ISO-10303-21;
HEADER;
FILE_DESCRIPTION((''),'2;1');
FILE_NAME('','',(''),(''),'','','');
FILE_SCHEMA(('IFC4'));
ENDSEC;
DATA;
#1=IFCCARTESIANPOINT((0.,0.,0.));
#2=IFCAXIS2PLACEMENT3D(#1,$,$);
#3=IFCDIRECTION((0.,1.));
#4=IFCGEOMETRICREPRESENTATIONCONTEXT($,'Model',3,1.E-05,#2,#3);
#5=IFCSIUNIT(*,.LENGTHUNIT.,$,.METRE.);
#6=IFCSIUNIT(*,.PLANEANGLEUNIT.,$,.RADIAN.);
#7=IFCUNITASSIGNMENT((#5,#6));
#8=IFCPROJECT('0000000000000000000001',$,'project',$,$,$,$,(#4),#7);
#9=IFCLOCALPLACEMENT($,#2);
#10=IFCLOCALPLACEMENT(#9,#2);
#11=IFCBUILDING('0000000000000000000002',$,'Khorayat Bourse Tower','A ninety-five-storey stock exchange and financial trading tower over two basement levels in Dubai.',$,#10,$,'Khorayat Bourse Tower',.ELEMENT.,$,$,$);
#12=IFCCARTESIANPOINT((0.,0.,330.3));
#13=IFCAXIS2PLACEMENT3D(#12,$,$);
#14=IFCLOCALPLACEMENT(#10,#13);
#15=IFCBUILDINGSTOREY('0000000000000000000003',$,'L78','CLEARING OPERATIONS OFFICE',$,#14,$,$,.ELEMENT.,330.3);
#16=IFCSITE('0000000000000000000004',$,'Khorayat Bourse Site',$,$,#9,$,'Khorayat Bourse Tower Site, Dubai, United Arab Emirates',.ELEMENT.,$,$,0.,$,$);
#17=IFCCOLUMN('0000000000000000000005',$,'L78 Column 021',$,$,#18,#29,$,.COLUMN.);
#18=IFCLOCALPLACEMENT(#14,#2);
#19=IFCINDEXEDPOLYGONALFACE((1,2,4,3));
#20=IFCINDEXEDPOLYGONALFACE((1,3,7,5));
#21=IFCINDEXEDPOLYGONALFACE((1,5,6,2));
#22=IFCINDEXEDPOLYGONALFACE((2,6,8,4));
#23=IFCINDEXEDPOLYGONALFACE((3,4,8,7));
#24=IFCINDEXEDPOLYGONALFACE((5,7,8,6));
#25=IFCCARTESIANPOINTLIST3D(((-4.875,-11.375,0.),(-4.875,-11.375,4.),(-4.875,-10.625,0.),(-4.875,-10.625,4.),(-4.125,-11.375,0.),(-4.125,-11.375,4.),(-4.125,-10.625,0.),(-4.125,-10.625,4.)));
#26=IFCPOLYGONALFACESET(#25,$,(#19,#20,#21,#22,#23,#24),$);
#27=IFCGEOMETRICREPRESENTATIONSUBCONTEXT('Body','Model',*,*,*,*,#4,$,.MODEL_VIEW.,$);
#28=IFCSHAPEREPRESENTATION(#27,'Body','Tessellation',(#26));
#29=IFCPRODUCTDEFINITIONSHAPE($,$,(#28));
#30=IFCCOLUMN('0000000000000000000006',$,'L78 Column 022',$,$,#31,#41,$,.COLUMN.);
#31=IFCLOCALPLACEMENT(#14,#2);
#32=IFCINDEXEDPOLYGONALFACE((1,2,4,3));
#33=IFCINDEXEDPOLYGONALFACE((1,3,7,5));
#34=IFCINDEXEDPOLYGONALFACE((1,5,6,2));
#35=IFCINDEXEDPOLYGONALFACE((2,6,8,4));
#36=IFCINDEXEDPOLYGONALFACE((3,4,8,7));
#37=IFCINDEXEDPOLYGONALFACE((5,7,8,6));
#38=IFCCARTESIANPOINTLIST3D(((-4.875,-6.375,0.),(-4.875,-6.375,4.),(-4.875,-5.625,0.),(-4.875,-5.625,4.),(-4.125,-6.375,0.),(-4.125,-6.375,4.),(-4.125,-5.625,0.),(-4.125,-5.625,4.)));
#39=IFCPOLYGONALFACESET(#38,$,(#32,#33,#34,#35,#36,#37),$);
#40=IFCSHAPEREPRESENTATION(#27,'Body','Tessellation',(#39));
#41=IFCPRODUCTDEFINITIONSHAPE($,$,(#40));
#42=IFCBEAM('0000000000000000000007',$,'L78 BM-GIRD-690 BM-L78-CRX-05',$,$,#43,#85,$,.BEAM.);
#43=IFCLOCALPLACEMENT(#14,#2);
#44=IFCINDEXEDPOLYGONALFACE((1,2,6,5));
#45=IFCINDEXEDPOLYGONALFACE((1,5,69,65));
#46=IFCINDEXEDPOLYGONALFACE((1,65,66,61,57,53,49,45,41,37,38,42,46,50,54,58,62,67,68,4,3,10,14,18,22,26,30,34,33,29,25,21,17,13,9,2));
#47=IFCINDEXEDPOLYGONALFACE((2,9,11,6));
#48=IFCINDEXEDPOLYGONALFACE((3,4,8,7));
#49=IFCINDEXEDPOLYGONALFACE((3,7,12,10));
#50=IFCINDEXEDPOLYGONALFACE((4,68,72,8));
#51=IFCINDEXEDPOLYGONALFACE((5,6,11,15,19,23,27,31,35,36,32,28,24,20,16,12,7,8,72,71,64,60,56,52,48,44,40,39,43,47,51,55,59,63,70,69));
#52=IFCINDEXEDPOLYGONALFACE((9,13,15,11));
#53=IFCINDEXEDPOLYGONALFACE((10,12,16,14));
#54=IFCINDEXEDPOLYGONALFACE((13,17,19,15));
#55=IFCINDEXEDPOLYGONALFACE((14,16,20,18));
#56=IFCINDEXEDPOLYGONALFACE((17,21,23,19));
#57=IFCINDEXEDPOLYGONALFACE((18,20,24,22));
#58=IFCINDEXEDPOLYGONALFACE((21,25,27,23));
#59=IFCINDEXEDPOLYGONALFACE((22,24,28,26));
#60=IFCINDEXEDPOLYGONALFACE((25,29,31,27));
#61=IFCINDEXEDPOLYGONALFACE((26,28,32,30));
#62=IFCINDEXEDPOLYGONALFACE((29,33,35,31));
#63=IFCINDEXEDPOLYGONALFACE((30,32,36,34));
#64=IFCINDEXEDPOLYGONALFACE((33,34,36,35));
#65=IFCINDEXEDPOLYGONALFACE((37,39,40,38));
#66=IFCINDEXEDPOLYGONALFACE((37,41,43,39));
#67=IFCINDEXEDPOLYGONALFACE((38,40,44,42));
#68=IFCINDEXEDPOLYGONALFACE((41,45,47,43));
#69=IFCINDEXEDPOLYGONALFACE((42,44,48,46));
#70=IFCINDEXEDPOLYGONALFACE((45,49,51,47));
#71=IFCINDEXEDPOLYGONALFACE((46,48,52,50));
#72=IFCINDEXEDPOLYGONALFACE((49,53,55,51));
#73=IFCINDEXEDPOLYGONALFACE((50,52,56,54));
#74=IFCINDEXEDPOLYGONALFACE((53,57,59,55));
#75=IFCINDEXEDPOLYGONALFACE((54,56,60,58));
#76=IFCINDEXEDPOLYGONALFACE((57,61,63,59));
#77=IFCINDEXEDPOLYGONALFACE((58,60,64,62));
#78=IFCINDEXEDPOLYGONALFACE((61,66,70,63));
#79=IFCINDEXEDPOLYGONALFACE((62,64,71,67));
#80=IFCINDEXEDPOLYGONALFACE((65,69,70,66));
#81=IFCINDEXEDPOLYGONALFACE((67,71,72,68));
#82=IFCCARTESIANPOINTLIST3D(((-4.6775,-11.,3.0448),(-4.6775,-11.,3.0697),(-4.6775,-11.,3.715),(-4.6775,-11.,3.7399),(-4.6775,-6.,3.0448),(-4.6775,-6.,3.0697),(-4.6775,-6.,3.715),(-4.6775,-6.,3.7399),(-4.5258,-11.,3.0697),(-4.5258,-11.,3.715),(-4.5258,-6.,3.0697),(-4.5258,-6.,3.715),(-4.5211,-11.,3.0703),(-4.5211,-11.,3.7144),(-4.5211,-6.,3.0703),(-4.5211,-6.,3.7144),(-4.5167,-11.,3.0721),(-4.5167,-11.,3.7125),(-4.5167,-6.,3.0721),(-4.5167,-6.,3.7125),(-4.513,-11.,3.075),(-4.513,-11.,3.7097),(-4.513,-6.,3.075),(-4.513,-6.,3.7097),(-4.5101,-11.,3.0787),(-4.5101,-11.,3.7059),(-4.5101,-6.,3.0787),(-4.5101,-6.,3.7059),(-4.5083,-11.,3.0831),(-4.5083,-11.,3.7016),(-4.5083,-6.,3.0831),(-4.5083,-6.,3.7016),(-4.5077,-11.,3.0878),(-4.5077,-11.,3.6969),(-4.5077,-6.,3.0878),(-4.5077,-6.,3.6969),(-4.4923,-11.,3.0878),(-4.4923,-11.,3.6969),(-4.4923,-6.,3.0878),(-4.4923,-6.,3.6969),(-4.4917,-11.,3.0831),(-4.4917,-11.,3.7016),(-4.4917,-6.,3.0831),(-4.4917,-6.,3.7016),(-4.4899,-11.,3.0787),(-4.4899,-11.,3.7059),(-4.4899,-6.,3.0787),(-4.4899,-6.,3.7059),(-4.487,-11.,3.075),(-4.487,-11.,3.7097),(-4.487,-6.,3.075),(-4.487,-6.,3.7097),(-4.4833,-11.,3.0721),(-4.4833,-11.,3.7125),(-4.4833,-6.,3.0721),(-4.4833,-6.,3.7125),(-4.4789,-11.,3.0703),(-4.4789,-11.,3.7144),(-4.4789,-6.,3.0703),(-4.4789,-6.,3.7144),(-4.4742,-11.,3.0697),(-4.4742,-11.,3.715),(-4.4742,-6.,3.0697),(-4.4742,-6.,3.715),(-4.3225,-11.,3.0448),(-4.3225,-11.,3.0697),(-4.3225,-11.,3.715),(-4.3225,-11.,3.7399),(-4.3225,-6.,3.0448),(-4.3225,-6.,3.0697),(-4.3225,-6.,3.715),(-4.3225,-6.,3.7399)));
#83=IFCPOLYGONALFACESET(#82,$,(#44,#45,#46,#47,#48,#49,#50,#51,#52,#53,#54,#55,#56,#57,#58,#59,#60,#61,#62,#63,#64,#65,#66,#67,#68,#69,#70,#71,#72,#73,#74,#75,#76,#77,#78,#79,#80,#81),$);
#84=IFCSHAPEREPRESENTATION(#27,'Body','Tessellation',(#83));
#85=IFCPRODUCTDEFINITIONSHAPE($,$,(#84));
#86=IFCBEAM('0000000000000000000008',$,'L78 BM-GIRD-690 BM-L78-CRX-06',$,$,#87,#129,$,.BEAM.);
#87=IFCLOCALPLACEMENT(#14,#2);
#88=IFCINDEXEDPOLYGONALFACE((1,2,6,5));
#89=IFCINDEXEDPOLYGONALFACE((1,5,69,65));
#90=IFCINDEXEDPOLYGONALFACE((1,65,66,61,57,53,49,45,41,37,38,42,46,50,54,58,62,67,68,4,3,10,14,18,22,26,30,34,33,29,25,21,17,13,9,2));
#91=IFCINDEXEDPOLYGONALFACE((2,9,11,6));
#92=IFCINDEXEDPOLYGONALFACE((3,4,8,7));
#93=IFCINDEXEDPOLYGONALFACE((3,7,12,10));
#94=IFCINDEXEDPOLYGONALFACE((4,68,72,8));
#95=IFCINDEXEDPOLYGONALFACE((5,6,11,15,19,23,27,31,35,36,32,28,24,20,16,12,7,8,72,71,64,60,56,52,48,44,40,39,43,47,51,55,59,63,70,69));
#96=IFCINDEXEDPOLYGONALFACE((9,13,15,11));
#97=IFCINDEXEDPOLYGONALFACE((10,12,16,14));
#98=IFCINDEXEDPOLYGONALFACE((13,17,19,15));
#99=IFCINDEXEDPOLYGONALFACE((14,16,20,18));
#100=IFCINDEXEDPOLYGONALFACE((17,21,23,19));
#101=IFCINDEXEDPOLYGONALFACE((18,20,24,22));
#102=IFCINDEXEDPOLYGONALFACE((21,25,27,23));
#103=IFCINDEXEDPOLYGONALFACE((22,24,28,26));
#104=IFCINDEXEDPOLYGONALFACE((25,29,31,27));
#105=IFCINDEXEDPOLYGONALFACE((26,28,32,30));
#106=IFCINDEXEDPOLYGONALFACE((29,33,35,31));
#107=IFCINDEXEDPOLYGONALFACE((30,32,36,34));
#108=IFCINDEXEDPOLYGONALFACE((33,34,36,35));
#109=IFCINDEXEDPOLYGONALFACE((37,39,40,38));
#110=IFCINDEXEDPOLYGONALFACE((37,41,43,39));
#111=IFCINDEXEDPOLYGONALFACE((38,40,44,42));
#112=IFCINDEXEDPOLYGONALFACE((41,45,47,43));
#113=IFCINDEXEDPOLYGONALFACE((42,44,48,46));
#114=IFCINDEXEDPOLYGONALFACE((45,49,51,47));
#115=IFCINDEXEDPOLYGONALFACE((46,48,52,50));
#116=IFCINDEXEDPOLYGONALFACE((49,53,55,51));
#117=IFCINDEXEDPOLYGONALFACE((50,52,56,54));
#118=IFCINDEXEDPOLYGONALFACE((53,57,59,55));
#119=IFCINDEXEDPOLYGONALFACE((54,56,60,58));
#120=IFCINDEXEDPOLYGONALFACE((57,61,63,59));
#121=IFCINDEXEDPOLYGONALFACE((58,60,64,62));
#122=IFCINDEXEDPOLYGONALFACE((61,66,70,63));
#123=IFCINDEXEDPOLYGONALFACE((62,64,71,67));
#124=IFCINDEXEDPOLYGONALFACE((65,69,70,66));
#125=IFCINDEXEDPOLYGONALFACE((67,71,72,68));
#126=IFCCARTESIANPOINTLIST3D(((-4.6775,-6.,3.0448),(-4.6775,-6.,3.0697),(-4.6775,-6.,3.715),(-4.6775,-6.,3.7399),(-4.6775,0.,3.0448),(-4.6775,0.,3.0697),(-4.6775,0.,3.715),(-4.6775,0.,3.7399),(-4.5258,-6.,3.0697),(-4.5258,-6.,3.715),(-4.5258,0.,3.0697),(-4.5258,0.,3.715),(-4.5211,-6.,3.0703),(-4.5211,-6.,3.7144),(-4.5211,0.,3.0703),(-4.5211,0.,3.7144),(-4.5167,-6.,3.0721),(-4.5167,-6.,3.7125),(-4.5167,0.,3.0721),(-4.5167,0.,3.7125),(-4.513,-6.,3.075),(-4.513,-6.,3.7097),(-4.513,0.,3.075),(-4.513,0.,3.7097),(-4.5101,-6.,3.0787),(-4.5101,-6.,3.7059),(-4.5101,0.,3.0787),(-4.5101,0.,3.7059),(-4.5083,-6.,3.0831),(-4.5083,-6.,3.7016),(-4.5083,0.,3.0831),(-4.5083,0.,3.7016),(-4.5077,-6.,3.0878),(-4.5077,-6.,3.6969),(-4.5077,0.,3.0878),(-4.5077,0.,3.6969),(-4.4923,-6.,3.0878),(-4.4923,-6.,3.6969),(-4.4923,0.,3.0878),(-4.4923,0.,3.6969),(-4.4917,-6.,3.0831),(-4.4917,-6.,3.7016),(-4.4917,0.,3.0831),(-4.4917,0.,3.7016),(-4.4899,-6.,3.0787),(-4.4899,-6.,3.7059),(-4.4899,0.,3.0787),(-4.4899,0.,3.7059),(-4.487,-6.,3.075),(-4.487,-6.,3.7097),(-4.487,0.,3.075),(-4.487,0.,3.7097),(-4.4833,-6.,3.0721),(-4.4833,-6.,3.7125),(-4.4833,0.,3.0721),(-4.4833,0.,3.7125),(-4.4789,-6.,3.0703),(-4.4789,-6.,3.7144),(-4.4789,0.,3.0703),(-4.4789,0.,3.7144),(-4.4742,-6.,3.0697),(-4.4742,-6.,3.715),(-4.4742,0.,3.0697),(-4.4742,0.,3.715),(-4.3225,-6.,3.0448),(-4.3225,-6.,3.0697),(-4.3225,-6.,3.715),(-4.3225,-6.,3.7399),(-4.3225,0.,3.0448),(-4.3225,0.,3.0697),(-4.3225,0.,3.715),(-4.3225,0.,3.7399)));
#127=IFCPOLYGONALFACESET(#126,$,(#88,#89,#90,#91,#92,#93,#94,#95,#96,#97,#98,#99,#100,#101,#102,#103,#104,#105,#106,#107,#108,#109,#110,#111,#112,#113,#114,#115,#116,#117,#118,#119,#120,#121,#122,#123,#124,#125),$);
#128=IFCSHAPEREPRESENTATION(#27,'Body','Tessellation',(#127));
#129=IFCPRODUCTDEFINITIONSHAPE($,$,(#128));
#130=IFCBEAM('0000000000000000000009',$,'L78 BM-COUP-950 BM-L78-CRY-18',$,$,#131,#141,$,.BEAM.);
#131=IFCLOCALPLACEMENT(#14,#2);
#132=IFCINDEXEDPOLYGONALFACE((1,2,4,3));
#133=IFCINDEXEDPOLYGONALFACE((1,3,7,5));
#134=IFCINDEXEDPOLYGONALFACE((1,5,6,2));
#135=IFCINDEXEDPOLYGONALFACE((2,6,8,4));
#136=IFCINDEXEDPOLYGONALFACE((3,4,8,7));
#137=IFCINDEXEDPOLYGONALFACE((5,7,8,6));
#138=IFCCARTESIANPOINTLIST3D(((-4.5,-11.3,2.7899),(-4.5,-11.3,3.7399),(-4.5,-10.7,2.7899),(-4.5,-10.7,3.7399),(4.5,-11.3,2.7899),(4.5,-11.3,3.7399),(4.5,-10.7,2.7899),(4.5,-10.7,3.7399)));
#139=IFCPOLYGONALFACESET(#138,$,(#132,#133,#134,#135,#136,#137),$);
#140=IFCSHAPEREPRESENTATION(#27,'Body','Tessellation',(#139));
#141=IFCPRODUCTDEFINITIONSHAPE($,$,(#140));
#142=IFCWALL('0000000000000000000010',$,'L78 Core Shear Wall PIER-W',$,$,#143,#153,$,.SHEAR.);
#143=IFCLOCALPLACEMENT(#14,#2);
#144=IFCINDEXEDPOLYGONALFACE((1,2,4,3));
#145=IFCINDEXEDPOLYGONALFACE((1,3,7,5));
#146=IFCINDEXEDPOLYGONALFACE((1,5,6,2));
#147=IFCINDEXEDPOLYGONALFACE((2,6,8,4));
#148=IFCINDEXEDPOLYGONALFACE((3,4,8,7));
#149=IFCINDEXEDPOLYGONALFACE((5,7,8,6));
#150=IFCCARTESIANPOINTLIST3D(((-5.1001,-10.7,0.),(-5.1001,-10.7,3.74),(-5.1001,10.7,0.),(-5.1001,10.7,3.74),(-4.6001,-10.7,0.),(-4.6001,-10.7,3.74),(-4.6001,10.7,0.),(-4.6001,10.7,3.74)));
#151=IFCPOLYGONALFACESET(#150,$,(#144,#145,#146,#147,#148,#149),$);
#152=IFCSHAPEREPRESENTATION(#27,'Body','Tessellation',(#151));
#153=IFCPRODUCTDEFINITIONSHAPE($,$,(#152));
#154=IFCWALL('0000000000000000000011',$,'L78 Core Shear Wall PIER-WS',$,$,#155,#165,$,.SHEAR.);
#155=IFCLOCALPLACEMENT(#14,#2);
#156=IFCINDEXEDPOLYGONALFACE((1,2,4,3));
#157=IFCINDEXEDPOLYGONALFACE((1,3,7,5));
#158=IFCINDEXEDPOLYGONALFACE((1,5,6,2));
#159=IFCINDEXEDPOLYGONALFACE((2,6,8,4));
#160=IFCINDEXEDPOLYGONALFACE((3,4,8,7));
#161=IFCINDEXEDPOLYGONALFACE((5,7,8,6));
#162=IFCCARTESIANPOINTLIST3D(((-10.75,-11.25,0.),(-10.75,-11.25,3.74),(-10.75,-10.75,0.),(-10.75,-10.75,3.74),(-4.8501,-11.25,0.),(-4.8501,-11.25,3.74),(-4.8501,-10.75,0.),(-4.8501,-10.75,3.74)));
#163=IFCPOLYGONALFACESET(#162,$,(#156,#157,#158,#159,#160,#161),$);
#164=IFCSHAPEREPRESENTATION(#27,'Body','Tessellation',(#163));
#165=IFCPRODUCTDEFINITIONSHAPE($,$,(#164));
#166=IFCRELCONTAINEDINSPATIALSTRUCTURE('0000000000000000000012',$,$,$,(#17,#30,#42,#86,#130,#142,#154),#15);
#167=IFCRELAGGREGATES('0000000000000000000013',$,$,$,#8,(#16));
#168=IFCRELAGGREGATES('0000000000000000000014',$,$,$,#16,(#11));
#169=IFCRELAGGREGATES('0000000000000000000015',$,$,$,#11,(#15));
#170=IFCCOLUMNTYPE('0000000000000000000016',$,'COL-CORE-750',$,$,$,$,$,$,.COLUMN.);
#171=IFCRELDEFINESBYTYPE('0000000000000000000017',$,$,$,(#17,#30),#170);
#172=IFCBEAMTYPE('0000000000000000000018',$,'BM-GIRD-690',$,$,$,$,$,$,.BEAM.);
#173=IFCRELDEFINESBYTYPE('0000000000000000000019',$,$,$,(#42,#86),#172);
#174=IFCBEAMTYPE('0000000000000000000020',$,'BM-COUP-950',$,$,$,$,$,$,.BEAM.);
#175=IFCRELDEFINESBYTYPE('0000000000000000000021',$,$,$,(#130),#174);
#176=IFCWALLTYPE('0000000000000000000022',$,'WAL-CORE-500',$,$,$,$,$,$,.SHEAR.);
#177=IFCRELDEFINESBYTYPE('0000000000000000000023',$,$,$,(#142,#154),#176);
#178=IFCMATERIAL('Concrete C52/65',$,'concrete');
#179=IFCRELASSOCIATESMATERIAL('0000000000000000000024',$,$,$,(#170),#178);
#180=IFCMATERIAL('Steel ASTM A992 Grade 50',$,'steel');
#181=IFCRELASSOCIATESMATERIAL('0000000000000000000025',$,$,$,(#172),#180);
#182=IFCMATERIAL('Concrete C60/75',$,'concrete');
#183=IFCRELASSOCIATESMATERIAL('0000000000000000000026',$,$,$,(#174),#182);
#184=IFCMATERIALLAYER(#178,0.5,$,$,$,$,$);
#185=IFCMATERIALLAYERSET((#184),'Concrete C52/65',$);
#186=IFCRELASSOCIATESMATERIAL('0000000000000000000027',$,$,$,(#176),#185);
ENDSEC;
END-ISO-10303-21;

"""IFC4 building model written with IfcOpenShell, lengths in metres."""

from ifc_helpers import new_model, si_unit, direction, frame, frame_2d, origin, origin_2d, place, context, subcontext, project, spatial, rectangle, i_section, extrude, source, transform, mapped, material, layer, layer_set, material_profile, profile_set, type_object, element, save


model = new_model("IFC4")

# Units and contexts
model_context = context("Model", 3, precision=1e-05, world=origin(), true_north=direction((0.0, 1.0)))
body_context = subcontext(model_context, "Body", "Model", "MODEL_VIEW")
ifc_project = project(units=[si_unit("LENGTHUNIT", "METRE"), si_unit("PLANEANGLEUNIT", "RADIAN")], contexts=[model_context])

# Site, building, storey
site_placement = place(None, origin())
site = spatial("IfcSite", under=ifc_project, at=site_placement, Name="Khorayat Bourse Site", LongName="Khorayat Bourse Tower Site, Dubai, United Arab Emirates", CompositionType="ELEMENT", RefElevation=0.0)
building_placement = place(site_placement, origin())
building = spatial("IfcBuilding", under=site, at=building_placement, Name="Khorayat Bourse Tower", Description="A ninety-five-storey stock exchange and financial trading tower over two basement levels in Dubai.", LongName="Khorayat Bourse Tower", CompositionType="ELEMENT")
storey_placement = place(building_placement, frame((0.0, 0.0, 330.3)))
storey = spatial("IfcBuildingStorey", under=building, at=storey_placement, Name="L78", Description="CLEARING OPERATIONS OFFICE", CompositionType="ELEMENT", Elevation=330.3)

# Columns
ifc_material_1 = material(Name="Concrete C52/65", Category="concrete")
ifc_material_profile_1 = material_profile(ifc_material_1, rectangle(XDim=0.75, YDim=0.75, at=origin_2d()), Name="RC 750x750")
ifc_profile_set_1 = profile_set([ifc_material_profile_1], Name="Concrete C52/65")
column_type = type_object("IfcColumnType", Name="COL-CORE-750", PredefinedType="COLUMN", material=ifc_profile_set_1)
shared_shape_1 = source(origin(), body_context, "Body", "SweptSolid", [
    extrude(rectangle(XDim=0.75, YDim=0.75, at=origin_2d()), origin(), (0.0, 0.0, 1.0), 4.0),
])
for number, where, z_axis, x_axis, name in (
    (1, (-4.5, -11.0, 0.0), (0.0, 0.0, 1.0), (1.0, 0.0, 0.0), "L78 Column 021"),
    (2, (-4.5, -6.0, 0.0), (0.0, 0.0, 1.0), (1.0, 0.0, 0.0), "L78 Column 022"),
):
    element("IfcColumn", number, at=place(storey_placement, frame(where, z_axis=z_axis, x_axis=x_axis)), inside=storey, type_object=column_type, Name=name, PredefinedType="COLUMN", context=body_context, shape_type="MappedRepresentation", body=[
        mapped(shared_shape_1, transform((0.0, 0.0, 0.0), scale=1.0)),
    ])

# Beams
ifc_material_2 = material(Name="Steel ASTM A992 Grade 50", Category="steel")
ifc_material_profile_2 = material_profile(ifc_material_2, i_section(OverallWidth=0.355, OverallDepth=0.6951, WebThickness=0.0154, FlangeThickness=0.0249, FilletRadius=0.0181, at=origin_2d()), Name="W690X217")
ifc_profile_set_2 = profile_set([ifc_material_profile_2], Name="Steel ASTM A992 Grade 50")
beam_type_1 = type_object("IfcBeamType", Name="BM-GIRD-690", PredefinedType="BEAM", material=ifc_profile_set_2)
shared_shape_2 = source(origin(), body_context, "Body", "SweptSolid", [
    extrude(i_section(OverallWidth=0.355, OverallDepth=0.6951, WebThickness=0.0154, FlangeThickness=0.0249, FilletRadius=0.0181, at=origin_2d()), origin(), (0.0, 0.0, 1.0), 5.0),
])
beam_1_placement = place(storey_placement, frame((-4.5, -11.0, 3.3923), z_axis=(0.0, 1.0, 0.0), x_axis=(-1.0, 0.0, 0.0)))
element("IfcBeam", 3, at=beam_1_placement, inside=storey, type_object=beam_type_1, Name="L78 BM-GIRD-690 BM-L78-CRX-05", PredefinedType="BEAM", context=body_context, shape_type="MappedRepresentation", body=[
    mapped(shared_shape_2, transform((0.0, 0.0, 0.0), scale=1.0)),
])
shared_shape_3 = source(origin(), body_context, "Body", "SweptSolid", [
    extrude(i_section(OverallWidth=0.355, OverallDepth=0.6951, WebThickness=0.0154, FlangeThickness=0.0249, FilletRadius=0.0181, at=origin_2d()), origin(), (0.0, 0.0, 1.0), 6.0),
])
beam_2_placement = place(storey_placement, frame((-4.5, -6.0, 3.3923), z_axis=(0.0, 1.0, 0.0), x_axis=(-1.0, 0.0, 0.0)))
element("IfcBeam", 4, at=beam_2_placement, inside=storey, type_object=beam_type_1, Name="L78 BM-GIRD-690 BM-L78-CRX-06", PredefinedType="BEAM", context=body_context, shape_type="MappedRepresentation", body=[
    mapped(shared_shape_3, transform((0.0, 0.0, 0.0), scale=1.0)),
])
ifc_material_3 = material(Name="Concrete C60/75", Category="concrete")
ifc_material_profile_3 = material_profile(ifc_material_3, rectangle(XDim=0.6001, YDim=0.95, at=origin_2d()), Name="RC 600x950")
ifc_profile_set_3 = profile_set([ifc_material_profile_3], Name="Concrete C60/75")
beam_type_2 = type_object("IfcBeamType", Name="BM-COUP-950", PredefinedType="BEAM", material=ifc_profile_set_3)
shared_shape_4 = source(origin(), body_context, "Body", "SweptSolid", [
    extrude(rectangle(XDim=0.6001, YDim=0.95, at=origin_2d()), origin(), (0.0, 0.0, 1.0), 9.0),
])
beam_3_placement = place(storey_placement, frame((-4.5, -11.0, 3.2649), z_axis=(1.0, 0.0, 0.0), x_axis=(0.0, 1.0, 0.0)))
element("IfcBeam", 5, at=beam_3_placement, inside=storey, type_object=beam_type_2, Name="L78 BM-COUP-950 BM-L78-CRY-18", PredefinedType="BEAM", context=body_context, shape_type="MappedRepresentation", body=[
    mapped(shared_shape_4, transform((0.0, 0.0, 0.0), scale=1.0)),
])

# Walls
ifc_layer_1 = layer(ifc_material_1, 0.5)
ifc_layer_set_1 = layer_set([ifc_layer_1], Name="Concrete C52/65")
wall_type_1 = type_object("IfcWallType", Name="WAL-CORE-500", PredefinedType="SHEAR", material=ifc_layer_set_1)
shared_shape_5 = source(origin(), body_context, "Body", "SweptSolid", [
    extrude(rectangle(XDim=21.3999, YDim=0.5, at=frame_2d((10.7, 0.0))), origin(), (0.0, 0.0, 1.0), 3.74),
])
wall_1_placement = place(storey_placement, frame((-4.8501, -10.7, 0.0), z_axis=(0.0, 0.0, 1.0), x_axis=(0.0, 1.0, 0.0)))
element("IfcWall", 6, at=wall_1_placement, inside=storey, type_object=wall_type_1, Name="L78 Core Shear Wall PIER-W", PredefinedType="SHEAR", context=body_context, shape_type="MappedRepresentation", body=[
    mapped(shared_shape_5, transform((0.0, 0.0, 0.0), scale=1.0)),
])
shared_shape_6 = source(origin(), body_context, "Body", "SweptSolid", [
    extrude(rectangle(XDim=5.8999, YDim=0.5, at=frame_2d((2.95, 0.0))), origin(), (0.0, 0.0, 1.0), 3.74),
])
wall_2_placement = place(storey_placement, frame((-10.75, -11.0, 0.0), z_axis=(0.0, 0.0, 1.0), x_axis=(1.0, 0.0, 0.0)))
element("IfcWall", 7, at=wall_2_placement, inside=storey, type_object=wall_type_1, Name="L78 Core Shear Wall PIER-WS", PredefinedType="SHEAR", context=body_context, shape_type="MappedRepresentation", body=[
    mapped(shared_shape_6, transform((0.0, 0.0, 0.0), scale=1.0)),
])

save(model, "model.ifc")
